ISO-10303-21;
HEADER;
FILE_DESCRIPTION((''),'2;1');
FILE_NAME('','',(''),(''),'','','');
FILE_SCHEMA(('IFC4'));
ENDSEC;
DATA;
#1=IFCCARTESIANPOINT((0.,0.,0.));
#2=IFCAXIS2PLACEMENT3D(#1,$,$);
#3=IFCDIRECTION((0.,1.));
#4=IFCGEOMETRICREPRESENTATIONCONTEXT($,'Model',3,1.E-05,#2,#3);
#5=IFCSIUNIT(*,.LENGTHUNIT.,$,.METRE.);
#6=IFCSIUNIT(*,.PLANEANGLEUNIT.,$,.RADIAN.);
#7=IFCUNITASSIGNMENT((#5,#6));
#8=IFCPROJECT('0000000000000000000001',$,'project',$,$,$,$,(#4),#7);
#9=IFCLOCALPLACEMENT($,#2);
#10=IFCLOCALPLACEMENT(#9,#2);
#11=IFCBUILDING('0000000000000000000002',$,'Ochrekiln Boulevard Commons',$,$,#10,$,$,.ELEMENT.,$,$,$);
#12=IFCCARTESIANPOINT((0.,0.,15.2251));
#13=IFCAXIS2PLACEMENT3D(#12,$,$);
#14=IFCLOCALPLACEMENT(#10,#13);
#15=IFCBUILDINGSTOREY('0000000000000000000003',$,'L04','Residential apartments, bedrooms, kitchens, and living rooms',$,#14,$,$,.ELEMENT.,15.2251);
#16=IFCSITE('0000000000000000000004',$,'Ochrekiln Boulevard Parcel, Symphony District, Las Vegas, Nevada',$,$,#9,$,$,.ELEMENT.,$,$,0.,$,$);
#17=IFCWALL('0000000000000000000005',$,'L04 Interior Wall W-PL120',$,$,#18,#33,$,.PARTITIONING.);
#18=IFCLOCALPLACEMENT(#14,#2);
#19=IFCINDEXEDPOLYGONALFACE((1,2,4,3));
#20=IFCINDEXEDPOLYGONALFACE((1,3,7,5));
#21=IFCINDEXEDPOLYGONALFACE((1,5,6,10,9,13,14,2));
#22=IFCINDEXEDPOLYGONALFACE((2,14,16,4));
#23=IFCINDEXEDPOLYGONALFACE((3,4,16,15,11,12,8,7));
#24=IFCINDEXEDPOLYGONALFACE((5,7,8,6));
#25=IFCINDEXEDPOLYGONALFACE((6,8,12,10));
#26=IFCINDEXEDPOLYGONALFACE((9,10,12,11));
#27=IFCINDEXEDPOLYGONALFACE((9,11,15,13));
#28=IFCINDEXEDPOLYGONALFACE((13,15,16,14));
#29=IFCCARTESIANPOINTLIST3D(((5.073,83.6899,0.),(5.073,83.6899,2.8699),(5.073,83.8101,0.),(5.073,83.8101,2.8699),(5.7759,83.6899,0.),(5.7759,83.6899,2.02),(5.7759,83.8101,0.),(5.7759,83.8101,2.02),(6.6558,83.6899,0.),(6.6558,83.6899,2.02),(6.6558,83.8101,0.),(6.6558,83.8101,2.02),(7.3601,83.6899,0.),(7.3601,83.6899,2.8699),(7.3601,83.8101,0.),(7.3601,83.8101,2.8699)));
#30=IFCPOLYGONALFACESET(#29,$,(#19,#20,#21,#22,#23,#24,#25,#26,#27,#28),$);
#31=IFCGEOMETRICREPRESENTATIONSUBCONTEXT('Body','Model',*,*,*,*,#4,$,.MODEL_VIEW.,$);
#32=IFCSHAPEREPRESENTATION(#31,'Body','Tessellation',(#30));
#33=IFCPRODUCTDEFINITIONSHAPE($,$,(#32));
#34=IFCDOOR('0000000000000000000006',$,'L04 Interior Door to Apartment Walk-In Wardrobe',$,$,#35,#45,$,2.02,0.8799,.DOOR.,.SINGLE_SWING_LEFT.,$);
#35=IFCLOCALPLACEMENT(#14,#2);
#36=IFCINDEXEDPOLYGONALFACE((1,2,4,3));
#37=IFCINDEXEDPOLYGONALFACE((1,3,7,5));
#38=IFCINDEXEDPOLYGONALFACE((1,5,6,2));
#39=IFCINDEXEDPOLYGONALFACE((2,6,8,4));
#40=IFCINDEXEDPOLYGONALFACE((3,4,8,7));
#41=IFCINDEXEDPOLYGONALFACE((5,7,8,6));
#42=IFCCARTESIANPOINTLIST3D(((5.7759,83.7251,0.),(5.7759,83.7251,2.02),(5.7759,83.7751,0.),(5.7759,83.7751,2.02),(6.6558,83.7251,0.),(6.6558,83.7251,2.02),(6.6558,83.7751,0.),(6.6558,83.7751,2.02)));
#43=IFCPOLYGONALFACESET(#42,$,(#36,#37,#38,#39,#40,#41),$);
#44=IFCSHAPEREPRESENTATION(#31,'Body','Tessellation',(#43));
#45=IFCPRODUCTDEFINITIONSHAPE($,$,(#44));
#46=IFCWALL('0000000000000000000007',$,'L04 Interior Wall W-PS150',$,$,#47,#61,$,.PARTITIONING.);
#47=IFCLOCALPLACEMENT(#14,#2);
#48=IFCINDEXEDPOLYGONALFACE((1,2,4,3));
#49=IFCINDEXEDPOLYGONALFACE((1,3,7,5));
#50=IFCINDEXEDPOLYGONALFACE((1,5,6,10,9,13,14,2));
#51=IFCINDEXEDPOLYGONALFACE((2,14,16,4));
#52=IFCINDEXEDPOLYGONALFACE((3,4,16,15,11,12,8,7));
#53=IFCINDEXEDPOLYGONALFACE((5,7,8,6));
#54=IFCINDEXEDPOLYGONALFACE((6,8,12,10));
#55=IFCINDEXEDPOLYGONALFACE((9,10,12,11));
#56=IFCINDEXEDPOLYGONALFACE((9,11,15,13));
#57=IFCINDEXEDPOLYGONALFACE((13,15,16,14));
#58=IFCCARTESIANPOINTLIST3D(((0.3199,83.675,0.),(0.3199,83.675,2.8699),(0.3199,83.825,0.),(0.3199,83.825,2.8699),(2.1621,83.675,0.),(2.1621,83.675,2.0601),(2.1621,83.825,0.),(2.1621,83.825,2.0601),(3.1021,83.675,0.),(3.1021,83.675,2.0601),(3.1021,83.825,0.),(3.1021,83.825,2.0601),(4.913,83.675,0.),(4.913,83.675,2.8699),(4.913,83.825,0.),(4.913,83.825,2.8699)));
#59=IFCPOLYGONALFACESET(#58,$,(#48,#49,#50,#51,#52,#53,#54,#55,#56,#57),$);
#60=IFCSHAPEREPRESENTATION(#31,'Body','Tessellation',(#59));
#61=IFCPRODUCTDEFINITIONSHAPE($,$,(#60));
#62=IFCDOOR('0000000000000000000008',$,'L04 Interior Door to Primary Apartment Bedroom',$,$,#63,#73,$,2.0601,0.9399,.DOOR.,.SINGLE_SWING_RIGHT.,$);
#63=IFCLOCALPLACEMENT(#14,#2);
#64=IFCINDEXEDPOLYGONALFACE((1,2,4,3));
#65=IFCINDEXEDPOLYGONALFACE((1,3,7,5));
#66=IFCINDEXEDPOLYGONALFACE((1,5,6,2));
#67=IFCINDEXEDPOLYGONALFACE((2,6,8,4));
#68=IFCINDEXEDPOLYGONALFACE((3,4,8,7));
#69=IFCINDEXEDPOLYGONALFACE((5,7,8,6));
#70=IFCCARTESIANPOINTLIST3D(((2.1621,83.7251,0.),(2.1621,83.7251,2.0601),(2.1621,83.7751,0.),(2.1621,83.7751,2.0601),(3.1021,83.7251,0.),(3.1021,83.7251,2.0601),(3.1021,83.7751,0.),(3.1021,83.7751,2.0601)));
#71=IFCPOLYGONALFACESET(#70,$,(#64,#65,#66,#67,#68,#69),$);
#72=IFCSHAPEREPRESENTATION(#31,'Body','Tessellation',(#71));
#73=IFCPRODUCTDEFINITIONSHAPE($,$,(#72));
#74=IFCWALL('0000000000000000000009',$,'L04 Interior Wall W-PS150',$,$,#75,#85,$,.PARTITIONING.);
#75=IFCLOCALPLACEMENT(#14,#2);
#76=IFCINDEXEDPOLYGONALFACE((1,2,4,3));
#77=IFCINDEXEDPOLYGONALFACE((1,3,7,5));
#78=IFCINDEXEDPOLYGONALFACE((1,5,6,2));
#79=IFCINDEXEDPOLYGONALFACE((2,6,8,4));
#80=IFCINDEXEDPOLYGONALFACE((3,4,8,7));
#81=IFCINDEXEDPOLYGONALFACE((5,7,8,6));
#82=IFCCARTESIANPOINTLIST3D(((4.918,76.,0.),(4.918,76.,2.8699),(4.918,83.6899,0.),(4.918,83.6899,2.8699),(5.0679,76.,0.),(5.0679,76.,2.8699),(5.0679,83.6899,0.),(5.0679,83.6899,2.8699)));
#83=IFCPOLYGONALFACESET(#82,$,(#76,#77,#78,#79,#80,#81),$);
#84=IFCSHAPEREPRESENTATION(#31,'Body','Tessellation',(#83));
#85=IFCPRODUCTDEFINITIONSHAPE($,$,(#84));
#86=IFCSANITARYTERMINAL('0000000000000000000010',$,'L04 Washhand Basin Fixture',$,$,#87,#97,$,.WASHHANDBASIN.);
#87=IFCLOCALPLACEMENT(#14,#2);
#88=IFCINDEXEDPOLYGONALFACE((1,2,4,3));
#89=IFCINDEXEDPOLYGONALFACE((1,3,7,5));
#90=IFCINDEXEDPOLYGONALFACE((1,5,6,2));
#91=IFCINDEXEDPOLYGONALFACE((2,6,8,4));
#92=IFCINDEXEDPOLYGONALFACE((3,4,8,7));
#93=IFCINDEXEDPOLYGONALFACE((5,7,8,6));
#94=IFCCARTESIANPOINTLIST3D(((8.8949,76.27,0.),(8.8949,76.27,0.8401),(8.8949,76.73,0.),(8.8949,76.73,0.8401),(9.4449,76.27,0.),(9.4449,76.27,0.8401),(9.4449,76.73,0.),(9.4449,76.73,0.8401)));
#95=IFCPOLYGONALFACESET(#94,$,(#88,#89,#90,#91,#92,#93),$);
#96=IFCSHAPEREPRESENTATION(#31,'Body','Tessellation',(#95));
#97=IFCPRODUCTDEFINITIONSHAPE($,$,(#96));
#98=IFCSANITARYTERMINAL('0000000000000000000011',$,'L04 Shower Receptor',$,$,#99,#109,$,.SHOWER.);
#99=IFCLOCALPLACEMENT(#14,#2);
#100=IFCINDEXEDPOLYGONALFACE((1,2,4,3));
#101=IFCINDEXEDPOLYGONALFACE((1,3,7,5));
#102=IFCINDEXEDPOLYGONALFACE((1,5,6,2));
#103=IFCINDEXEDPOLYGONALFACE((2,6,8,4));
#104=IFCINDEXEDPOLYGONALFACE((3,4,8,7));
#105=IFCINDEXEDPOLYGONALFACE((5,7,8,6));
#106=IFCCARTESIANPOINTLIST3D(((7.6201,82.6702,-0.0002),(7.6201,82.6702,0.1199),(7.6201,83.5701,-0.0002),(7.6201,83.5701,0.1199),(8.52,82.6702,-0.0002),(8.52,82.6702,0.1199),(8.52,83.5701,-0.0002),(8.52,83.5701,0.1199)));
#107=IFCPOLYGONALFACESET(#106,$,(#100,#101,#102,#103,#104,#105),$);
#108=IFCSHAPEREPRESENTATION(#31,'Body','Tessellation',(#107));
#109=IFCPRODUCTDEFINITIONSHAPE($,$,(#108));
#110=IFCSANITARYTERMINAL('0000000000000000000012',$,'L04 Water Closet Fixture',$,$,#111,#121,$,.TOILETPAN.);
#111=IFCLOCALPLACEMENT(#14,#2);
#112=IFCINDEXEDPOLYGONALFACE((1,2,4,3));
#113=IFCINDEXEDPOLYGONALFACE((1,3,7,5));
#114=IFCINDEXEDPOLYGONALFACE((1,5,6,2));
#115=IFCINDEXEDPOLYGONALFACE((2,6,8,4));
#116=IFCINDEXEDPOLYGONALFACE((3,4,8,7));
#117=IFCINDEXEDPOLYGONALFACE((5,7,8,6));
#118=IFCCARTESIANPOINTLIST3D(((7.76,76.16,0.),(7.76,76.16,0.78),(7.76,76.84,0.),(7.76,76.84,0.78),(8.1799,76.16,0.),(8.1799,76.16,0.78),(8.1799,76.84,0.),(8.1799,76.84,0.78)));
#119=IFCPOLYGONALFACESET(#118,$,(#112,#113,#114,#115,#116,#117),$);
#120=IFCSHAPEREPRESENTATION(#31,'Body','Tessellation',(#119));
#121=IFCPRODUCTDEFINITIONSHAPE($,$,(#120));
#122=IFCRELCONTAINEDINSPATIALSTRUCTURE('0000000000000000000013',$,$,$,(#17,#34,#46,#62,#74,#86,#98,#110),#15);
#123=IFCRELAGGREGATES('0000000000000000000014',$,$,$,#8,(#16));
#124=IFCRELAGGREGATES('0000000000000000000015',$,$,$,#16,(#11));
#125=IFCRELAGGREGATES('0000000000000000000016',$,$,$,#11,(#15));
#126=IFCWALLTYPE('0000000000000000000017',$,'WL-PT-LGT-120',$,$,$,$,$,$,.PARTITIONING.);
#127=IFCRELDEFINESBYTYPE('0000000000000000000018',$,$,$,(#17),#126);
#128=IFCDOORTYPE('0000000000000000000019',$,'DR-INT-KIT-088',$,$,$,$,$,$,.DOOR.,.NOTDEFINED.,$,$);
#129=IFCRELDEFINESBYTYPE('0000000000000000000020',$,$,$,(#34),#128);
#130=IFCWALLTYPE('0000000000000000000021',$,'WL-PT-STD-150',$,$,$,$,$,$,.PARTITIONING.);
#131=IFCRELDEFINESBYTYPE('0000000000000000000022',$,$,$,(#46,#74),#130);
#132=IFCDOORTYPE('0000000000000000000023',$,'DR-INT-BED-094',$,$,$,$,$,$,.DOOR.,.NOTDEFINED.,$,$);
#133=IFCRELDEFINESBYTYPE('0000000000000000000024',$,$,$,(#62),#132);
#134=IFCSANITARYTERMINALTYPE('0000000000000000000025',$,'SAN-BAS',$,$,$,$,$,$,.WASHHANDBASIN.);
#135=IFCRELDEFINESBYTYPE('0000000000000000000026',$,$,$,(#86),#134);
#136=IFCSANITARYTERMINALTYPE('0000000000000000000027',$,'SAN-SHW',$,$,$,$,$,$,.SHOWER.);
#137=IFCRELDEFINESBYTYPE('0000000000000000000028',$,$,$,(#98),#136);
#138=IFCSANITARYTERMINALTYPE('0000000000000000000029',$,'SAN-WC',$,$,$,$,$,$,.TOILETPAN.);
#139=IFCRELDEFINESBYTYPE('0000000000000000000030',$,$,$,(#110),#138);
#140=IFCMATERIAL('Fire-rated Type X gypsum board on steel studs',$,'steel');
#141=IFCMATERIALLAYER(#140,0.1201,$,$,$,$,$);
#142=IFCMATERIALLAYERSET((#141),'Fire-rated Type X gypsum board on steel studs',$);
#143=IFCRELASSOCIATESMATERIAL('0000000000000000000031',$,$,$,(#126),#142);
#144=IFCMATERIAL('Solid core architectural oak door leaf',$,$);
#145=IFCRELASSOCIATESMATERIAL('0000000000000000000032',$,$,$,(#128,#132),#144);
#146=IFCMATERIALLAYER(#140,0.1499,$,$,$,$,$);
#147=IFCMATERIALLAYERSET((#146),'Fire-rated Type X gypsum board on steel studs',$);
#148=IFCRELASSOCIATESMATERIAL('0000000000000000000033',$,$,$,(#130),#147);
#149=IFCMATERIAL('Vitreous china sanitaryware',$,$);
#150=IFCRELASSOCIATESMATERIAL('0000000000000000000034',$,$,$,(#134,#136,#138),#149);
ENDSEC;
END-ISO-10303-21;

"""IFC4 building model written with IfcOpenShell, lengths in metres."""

from ifc_helpers import new_model, si_unit, direction, frame, frame_2d, origin, origin_2d, place, context, subcontext, project, spatial, rectangle, extrude, material, layer, layer_set, type_object, element, fill, save


model = new_model("IFC4")

# Units and contexts
model_context = context("Model", 3, precision=1e-05, world=origin(), true_north=direction((0.0, 1.0)))
body_context = subcontext(model_context, "Body", "Model", "MODEL_VIEW")
ifc_project = project(units=[si_unit("LENGTHUNIT", "METRE"), si_unit("PLANEANGLEUNIT", "RADIAN")], contexts=[model_context])

# Site, building, storey
site_placement = place(None, origin())
site = spatial("IfcSite", under=ifc_project, at=site_placement, Name="Ochrekiln Boulevard Parcel, Symphony District, Las Vegas, Nevada", CompositionType="ELEMENT", RefElevation=0.0)
building_placement = place(site_placement, origin())
building = spatial("IfcBuilding", under=site, at=building_placement, Name="Ochrekiln Boulevard Commons", CompositionType="ELEMENT")
storey_placement = place(building_placement, frame((0.0, 0.0, 15.2251)))
storey = spatial("IfcBuildingStorey", under=building, at=storey_placement, Name="L04", Description="Residential apartments, bedrooms, kitchens, and living rooms", CompositionType="ELEMENT", Elevation=15.2251)

# Shared definitions
ifc_material_1 = material(Name="Solid core architectural oak door leaf")

# Walls, openings, doors
ifc_material_2 = material(Name="Fire-rated Type X gypsum board on steel studs", Category="steel")
ifc_layer_1 = layer(ifc_material_2, 0.1201)
ifc_layer_set_1 = layer_set([ifc_layer_1], Name="Fire-rated Type X gypsum board on steel studs")
wall_type_1 = type_object("IfcWallType", Name="WL-PT-LGT-120", PredefinedType="PARTITIONING", material=ifc_layer_set_1)
wall_1_placement = place(storey_placement, frame((5.073, 83.75, 0.0), z_axis=(0.0, 0.0, 1.0), x_axis=(1.0, 0.0, 0.0)))
wall_1 = element("IfcWall", 1, at=wall_1_placement, inside=storey, type_object=wall_type_1, Name="L04 Interior Wall W-PL120", PredefinedType="PARTITIONING", context=body_context, shape_type="SweptSolid", body=[
    extrude(rectangle(XDim=2.2871, YDim=0.1201, at=frame_2d((1.1436, 0.0))), origin(), (0.0, 0.0, 1.0), 2.8699),
])
opening_1_placement = place(wall_1_placement, frame((0.7029, 0.0, 0.0)))
opening_1 = element("IfcOpeningElement", 2, at=opening_1_placement, cuts=wall_1, PredefinedType="OPENING", context=body_context, shape_type="SweptSolid", body=[
    extrude(rectangle(XDim=0.8799, YDim=2.02, at=frame_2d((0.4399, 1.01))), frame((0.0, 0.0701, 0.0), z_axis=(0.0, -1.0, 0.0), x_axis=(1.0, 0.0, 0.0)), (0.0, 0.0, 1.0), 0.1401),
])
door_type_1 = type_object("IfcDoorType", Name="DR-INT-KIT-088", OperationType="NOTDEFINED", PredefinedType="DOOR", material=ifc_material_1)
door_1_placement = place(opening_1_placement, frame((0.8799, 0.0, 0.0), z_axis=(0.0, 0.0, 1.0), x_axis=(-1.0, 0.0, 0.0)))
door_1 = element("IfcDoor", 3, at=door_1_placement, inside=storey, type_object=door_type_1, Name="L04 Interior Door to Apartment Walk-In Wardrobe", OperationType="SINGLE_SWING_LEFT", OverallHeight=2.02, OverallWidth=0.8799, PredefinedType="DOOR", context=body_context, shape_type="SweptSolid", body=[
    extrude(rectangle(XDim=0.8799, YDim=2.02, at=frame_2d((0.4399, 1.01))), frame((0.0, 0.0249, 0.0), z_axis=(0.0, -1.0, 0.0), x_axis=(1.0, 0.0, 0.0)), (0.0, 0.0, 1.0), 0.05),
])
fill(opening_1, door_1)
ifc_layer_2 = layer(ifc_material_2, 0.1499)
ifc_layer_set_2 = layer_set([ifc_layer_2], Name="Fire-rated Type X gypsum board on steel studs")
wall_type_2 = type_object("IfcWallType", Name="WL-PT-STD-150", PredefinedType="PARTITIONING", material=ifc_layer_set_2)
wall_2_placement = place(storey_placement, frame((0.3201, 83.75, 0.0), z_axis=(0.0, 0.0, 1.0), x_axis=(1.0, 0.0, 0.0)))
wall_2 = element("IfcWall", 4, at=wall_2_placement, inside=storey, type_object=wall_type_2, Name="L04 Interior Wall W-PS150", PredefinedType="PARTITIONING", context=body_context, shape_type="SweptSolid", body=[
    extrude(rectangle(XDim=4.593, YDim=0.1499, at=frame_2d((2.2964, 0.0))), origin(), (0.0, 0.0, 1.0), 2.8699),
])
opening_2_placement = place(wall_2_placement, frame((1.842, 0.0, 0.0)))
opening_2 = element("IfcOpeningElement", 5, at=opening_2_placement, cuts=wall_2, PredefinedType="OPENING", context=body_context, shape_type="SweptSolid", body=[
    extrude(rectangle(XDim=0.9399, YDim=2.0601, at=frame_2d((0.47, 1.03))), frame((0.0, 0.085, 0.0), z_axis=(0.0, -1.0, 0.0), x_axis=(1.0, 0.0, 0.0)), (0.0, 0.0, 1.0), 0.1699),
])
door_type_2 = type_object("IfcDoorType", Name="DR-INT-BED-094", OperationType="NOTDEFINED", PredefinedType="DOOR", material=ifc_material_1)
door_2_placement = place(opening_2_placement, frame((0.9399, 0.0, 0.0), z_axis=(0.0, 0.0, 1.0), x_axis=(-1.0, 0.0, 0.0)))
door_2 = element("IfcDoor", 6, at=door_2_placement, inside=storey, type_object=door_type_2, Name="L04 Interior Door to Primary Apartment Bedroom", OperationType="SINGLE_SWING_RIGHT", OverallHeight=2.0601, OverallWidth=0.9399, PredefinedType="DOOR", context=body_context, shape_type="SweptSolid", body=[
    extrude(rectangle(XDim=0.9399, YDim=2.0601, at=frame_2d((0.47, 1.03))), frame((0.0, 0.0249, 0.0), z_axis=(0.0, -1.0, 0.0), x_axis=(1.0, 0.0, 0.0)), (0.0, 0.0, 1.0), 0.05),
])
fill(opening_2, door_2)

# Wall
wall_3_placement = place(storey_placement, frame((4.9929, 76.0, 0.0), z_axis=(0.0, 0.0, 1.0), x_axis=(0.0, 1.0, 0.0)))
element("IfcWall", 7, at=wall_3_placement, inside=storey, type_object=wall_type_2, Name="L04 Interior Wall W-PS150", PredefinedType="PARTITIONING", context=body_context, shape_type="SweptSolid", body=[
    extrude(rectangle(XDim=7.6899, YDim=0.1499, at=frame_2d((3.845, 0.0))), origin(), (0.0, 0.0, 1.0), 2.8699),
])

# Sanitary terminals
ifc_material_3 = material(Name="Vitreous china sanitaryware")
sanitary_terminal_type_1 = type_object("IfcSanitaryTerminalType", Name="SAN-BAS", PredefinedType="WASHHANDBASIN", material=ifc_material_3)
sanitary_terminal_1_placement = place(storey_placement, frame((9.1699, 76.5, 0.0), z_axis=(0.0, 0.0, 1.0), x_axis=(1.0, 0.0, 0.0)))
element("IfcSanitaryTerminal", 8, at=sanitary_terminal_1_placement, inside=storey, type_object=sanitary_terminal_type_1, Name="L04 Washhand Basin Fixture", PredefinedType="WASHHANDBASIN", context=body_context, shape_type="SweptSolid", body=[
    extrude(rectangle(XDim=0.55, YDim=0.46, at=origin_2d()), origin(), (0.0, 0.0, 1.0), 0.8401),
])
sanitary_terminal_type_2 = type_object("IfcSanitaryTerminalType", Name="SAN-SHW", PredefinedType="SHOWER", material=ifc_material_3)
sanitary_terminal_2_placement = place(storey_placement, frame((8.0701, 83.1201, -0.0002), z_axis=(0.0, 0.0, 1.0), x_axis=(1.0, 0.0, 0.0)))
element("IfcSanitaryTerminal", 9, at=sanitary_terminal_2_placement, inside=storey, type_object=sanitary_terminal_type_2, Name="L04 Shower Receptor", PredefinedType="SHOWER", context=body_context, shape_type="SweptSolid", body=[
    extrude(rectangle(XDim=0.8999, YDim=0.8999, at=origin_2d()), origin(), (0.0, 0.0, 1.0), 0.1201),
])
sanitary_terminal_type_3 = type_object("IfcSanitaryTerminalType", Name="SAN-WC", PredefinedType="TOILETPAN", material=ifc_material_3)
sanitary_terminal_3_placement = place(storey_placement, frame((7.97, 76.5, 0.0), z_axis=(0.0, 0.0, 1.0), x_axis=(1.0, 0.0, 0.0)))
element("IfcSanitaryTerminal", 10, at=sanitary_terminal_3_placement, inside=storey, type_object=sanitary_terminal_type_3, Name="L04 Water Closet Fixture", PredefinedType="TOILETPAN", context=body_context, shape_type="SweptSolid", body=[
    extrude(rectangle(XDim=0.4199, YDim=0.6799, at=origin_2d()), origin(), (0.0, 0.0, 1.0), 0.78),
])

save(model, "model.ifc")
